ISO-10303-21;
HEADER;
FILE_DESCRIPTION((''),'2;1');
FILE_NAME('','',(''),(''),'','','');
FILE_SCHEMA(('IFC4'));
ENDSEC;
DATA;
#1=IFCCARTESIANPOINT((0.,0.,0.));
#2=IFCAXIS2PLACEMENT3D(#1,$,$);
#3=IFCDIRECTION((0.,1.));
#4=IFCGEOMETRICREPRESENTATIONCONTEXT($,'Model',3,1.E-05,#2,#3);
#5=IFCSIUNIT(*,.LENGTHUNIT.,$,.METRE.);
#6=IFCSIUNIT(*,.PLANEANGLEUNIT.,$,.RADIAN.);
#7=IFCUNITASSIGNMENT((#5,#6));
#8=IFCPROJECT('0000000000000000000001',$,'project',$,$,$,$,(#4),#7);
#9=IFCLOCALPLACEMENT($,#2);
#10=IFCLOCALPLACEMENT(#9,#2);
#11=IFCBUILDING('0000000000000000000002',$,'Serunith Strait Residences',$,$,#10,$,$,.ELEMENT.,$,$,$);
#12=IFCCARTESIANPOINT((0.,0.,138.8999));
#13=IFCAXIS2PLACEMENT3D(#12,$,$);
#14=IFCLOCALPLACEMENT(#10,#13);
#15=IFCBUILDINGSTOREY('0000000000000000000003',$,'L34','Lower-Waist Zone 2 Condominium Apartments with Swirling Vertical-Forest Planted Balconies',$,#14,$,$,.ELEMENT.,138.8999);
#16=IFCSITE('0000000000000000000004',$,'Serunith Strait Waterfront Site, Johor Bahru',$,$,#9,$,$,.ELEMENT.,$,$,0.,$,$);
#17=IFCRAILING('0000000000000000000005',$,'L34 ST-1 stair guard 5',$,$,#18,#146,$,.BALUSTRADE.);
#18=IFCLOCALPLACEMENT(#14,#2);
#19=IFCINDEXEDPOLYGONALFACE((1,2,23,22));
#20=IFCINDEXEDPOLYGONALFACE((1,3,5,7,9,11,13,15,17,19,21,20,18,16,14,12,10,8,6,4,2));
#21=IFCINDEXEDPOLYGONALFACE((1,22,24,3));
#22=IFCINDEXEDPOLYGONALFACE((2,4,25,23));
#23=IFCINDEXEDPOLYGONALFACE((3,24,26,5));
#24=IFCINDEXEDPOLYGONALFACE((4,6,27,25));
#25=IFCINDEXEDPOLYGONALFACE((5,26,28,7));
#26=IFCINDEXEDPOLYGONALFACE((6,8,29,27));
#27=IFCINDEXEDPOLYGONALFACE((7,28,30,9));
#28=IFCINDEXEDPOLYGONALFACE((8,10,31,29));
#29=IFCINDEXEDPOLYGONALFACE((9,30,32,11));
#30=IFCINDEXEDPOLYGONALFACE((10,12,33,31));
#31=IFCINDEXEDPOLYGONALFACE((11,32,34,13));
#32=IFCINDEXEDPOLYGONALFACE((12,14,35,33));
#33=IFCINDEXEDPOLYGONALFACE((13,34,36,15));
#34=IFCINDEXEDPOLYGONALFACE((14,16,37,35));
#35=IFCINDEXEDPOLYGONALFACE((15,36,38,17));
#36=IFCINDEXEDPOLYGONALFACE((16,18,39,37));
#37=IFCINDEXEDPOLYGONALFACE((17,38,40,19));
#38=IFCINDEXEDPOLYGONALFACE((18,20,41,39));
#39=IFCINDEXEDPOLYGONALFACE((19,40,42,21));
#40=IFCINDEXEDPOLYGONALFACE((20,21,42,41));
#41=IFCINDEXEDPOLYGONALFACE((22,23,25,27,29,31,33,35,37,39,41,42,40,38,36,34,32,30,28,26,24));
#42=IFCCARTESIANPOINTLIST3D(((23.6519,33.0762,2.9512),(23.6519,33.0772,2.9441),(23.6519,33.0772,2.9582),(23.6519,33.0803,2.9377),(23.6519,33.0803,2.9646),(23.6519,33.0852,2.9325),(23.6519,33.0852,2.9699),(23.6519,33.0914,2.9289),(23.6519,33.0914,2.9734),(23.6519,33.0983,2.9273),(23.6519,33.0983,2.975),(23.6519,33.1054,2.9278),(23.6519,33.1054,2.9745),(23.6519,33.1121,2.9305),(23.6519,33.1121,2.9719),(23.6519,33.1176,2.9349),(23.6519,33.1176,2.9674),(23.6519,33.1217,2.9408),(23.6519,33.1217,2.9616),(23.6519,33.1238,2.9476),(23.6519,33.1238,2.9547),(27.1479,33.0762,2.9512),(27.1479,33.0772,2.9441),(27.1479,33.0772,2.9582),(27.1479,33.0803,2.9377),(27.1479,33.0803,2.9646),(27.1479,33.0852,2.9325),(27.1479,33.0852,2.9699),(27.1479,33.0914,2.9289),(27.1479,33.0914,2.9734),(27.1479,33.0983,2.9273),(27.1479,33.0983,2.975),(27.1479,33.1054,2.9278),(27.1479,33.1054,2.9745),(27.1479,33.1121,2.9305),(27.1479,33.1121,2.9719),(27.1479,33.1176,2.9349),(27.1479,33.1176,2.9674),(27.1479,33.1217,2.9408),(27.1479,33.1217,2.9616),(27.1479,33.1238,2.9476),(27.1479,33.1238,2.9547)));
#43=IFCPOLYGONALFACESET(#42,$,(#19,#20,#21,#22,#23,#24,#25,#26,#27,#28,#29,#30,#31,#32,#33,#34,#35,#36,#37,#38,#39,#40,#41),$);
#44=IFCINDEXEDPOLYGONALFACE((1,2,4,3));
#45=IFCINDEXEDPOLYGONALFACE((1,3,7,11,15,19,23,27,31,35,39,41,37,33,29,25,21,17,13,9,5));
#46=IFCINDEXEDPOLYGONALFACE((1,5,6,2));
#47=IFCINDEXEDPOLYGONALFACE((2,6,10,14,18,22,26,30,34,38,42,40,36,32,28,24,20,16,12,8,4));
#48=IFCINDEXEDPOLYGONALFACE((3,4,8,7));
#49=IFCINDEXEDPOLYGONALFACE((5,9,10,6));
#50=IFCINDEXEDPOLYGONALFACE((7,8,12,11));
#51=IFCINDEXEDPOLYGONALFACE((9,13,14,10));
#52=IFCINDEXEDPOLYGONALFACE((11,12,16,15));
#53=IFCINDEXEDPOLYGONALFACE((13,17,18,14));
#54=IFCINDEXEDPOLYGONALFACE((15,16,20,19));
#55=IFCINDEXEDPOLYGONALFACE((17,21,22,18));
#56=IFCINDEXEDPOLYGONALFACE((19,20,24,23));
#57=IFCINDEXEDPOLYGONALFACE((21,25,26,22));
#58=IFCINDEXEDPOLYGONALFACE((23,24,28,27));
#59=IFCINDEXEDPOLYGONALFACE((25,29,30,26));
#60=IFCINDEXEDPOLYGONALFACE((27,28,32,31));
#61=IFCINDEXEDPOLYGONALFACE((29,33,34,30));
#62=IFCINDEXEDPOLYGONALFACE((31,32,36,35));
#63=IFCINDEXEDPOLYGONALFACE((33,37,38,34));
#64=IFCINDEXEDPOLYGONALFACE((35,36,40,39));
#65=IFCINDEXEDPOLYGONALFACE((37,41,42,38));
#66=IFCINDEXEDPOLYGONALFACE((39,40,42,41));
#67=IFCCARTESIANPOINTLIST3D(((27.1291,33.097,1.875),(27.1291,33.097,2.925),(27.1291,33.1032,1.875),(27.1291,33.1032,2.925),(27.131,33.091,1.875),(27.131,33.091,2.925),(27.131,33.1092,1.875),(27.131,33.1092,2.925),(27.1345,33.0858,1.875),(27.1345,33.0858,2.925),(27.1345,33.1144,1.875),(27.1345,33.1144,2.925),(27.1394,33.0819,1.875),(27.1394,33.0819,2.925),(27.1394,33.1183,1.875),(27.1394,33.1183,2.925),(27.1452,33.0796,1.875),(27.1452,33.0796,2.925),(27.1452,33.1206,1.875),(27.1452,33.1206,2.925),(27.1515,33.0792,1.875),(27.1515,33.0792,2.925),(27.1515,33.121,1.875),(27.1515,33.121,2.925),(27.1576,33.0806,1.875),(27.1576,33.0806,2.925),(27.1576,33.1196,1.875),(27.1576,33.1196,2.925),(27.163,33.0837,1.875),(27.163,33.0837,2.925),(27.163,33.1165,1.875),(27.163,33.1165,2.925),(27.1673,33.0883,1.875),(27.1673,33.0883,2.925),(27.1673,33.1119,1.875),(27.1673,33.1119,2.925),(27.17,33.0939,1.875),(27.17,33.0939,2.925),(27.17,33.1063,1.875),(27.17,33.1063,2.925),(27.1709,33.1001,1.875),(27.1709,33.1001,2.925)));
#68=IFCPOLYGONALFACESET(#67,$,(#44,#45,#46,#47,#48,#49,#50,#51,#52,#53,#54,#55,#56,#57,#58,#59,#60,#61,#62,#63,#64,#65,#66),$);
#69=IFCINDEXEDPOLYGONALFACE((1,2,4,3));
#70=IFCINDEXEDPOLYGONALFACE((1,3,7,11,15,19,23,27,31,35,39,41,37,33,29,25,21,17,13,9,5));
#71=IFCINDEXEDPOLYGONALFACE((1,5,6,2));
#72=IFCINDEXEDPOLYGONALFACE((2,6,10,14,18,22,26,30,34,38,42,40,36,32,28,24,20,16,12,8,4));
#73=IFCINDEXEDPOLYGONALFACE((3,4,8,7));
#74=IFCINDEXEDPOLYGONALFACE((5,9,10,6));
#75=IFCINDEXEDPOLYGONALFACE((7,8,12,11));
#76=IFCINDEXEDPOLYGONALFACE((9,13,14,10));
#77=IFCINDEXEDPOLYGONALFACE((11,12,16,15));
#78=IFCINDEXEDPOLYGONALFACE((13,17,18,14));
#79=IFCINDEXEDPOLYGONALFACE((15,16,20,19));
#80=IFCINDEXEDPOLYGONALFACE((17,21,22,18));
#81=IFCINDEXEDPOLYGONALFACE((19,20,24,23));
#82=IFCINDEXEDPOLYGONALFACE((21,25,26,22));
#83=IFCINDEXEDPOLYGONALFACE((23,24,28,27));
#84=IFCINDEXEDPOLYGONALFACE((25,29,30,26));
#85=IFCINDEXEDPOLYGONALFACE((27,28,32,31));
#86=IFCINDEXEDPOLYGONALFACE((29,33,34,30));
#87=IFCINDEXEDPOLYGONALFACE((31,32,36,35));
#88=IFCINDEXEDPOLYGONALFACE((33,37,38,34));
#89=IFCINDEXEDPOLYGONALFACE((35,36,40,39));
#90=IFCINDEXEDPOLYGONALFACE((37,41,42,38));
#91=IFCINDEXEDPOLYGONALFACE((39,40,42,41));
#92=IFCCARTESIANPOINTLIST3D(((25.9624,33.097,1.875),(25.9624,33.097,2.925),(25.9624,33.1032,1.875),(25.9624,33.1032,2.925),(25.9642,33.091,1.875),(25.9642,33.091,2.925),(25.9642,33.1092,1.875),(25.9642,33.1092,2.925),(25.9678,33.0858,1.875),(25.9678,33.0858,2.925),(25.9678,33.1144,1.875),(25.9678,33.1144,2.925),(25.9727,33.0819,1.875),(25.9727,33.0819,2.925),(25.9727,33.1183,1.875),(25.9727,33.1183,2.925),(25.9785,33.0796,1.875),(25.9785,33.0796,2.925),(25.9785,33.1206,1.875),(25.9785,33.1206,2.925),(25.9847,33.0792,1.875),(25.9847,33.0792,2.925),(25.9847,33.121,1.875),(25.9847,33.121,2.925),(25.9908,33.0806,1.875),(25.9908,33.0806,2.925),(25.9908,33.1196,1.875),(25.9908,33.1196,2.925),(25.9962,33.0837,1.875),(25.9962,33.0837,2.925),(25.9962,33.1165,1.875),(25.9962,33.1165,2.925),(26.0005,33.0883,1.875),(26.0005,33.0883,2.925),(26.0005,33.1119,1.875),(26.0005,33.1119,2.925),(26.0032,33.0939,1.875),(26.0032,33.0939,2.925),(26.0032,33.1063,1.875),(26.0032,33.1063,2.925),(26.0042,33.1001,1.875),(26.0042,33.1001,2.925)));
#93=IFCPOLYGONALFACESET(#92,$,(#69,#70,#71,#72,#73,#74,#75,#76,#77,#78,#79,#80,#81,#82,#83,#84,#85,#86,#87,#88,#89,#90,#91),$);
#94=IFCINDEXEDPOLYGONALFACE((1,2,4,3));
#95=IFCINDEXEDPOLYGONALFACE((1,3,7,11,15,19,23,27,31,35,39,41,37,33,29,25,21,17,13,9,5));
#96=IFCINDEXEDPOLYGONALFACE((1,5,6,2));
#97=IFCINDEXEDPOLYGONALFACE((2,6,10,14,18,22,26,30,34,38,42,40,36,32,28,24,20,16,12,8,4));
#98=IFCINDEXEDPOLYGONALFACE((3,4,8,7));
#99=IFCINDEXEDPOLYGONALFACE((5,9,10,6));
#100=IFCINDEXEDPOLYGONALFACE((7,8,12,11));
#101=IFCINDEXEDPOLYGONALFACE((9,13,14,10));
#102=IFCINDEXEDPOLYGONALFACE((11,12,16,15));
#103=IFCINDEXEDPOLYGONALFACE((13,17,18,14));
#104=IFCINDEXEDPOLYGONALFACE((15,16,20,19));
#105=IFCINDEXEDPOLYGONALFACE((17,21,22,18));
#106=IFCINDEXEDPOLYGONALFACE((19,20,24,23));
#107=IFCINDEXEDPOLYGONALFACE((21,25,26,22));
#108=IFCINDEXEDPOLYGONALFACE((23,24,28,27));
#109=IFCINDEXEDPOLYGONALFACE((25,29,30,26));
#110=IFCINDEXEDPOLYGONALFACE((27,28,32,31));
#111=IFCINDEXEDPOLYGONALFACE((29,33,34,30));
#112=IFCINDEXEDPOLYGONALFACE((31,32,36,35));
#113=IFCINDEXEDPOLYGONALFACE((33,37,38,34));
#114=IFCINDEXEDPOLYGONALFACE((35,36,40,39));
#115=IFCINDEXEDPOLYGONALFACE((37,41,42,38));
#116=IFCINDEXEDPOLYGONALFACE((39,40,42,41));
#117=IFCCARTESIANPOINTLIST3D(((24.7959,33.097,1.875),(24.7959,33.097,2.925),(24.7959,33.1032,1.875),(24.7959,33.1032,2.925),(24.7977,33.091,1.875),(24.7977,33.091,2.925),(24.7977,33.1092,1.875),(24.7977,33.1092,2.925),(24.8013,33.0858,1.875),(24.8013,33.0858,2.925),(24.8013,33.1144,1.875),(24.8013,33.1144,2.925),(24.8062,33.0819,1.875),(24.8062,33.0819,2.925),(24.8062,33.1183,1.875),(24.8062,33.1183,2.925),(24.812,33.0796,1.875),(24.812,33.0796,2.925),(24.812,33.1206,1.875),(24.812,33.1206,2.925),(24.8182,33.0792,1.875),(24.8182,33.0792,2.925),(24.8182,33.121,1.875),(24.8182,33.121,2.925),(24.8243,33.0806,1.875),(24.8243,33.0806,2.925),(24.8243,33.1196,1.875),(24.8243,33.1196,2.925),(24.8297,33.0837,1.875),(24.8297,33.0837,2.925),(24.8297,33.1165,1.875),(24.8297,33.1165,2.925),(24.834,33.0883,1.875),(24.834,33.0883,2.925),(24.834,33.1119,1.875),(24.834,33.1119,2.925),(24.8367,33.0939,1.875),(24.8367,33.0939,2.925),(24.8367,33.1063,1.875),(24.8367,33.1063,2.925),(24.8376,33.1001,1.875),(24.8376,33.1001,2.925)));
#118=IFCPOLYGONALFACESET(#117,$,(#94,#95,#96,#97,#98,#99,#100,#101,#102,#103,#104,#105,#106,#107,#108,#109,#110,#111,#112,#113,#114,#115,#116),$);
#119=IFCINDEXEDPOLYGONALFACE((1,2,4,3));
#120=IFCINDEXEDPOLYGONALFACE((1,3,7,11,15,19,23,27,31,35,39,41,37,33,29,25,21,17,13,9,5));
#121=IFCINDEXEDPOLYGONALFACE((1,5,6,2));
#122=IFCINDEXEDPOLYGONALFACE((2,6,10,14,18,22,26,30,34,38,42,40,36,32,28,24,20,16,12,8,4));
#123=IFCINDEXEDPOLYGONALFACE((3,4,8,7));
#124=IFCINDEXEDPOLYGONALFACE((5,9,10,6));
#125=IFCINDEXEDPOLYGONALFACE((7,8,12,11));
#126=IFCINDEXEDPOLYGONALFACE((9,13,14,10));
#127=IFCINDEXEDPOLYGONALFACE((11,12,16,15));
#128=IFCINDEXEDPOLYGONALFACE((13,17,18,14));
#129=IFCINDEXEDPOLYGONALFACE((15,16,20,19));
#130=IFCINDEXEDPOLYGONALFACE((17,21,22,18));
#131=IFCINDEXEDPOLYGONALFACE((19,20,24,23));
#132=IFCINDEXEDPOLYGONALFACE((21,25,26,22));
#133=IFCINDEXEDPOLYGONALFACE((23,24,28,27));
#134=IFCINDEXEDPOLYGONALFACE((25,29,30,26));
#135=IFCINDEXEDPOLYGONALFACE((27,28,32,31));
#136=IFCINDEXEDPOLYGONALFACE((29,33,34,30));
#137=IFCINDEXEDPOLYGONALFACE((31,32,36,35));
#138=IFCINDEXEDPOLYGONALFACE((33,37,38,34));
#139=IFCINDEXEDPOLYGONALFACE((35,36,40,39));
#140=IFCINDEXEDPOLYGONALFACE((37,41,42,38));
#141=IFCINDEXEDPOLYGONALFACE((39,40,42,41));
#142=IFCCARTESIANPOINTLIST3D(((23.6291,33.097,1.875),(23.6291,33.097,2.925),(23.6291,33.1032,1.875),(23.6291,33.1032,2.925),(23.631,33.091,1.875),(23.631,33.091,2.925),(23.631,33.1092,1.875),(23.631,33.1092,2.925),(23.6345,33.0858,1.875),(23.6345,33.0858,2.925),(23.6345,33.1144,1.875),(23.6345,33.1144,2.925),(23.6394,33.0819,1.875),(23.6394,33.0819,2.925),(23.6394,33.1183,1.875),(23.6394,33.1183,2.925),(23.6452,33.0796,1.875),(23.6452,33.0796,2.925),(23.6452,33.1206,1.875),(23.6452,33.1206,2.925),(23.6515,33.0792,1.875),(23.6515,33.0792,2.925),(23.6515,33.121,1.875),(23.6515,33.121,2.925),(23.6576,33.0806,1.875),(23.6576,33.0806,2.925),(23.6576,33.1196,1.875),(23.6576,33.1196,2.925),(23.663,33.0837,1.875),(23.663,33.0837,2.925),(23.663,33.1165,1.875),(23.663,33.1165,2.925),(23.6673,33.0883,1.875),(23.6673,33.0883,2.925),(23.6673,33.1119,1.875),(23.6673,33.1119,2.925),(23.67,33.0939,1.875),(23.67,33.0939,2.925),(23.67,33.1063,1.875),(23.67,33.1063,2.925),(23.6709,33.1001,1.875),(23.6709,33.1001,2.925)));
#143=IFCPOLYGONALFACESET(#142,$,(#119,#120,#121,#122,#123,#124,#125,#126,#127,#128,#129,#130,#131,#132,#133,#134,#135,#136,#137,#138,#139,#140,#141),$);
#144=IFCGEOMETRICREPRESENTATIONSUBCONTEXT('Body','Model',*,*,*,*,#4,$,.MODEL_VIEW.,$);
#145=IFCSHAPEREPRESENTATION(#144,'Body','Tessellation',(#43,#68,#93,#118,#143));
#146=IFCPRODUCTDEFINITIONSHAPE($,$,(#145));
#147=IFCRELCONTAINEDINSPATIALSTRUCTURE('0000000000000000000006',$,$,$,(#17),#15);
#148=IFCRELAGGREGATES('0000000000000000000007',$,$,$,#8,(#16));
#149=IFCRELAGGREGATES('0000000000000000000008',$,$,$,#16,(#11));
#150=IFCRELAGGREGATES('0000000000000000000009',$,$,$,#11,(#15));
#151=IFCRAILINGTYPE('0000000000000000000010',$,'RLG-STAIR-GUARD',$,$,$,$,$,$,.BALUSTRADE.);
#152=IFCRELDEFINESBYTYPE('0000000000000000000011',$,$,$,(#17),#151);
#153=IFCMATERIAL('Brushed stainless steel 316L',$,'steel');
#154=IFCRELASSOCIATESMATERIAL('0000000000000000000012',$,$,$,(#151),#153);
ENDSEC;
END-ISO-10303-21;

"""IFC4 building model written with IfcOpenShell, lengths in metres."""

from ifc_helpers import new_model, si_unit, direction, frame, origin, origin_2d, place, context, subcontext, project, spatial, circle, extrude, material, type_object, element, save


model = new_model("IFC4")

# Units and contexts
model_context = context("Model", 3, precision=1e-05, world=origin(), true_north=direction((0.0, 1.0)))
body_context = subcontext(model_context, "Body", "Model", "MODEL_VIEW")
ifc_project = project(units=[si_unit("LENGTHUNIT", "METRE"), si_unit("PLANEANGLEUNIT", "RADIAN")], contexts=[model_context])

# Site, building, storey
site_placement = place(None, origin())
site = spatial("IfcSite", under=ifc_project, at=site_placement, Name="Serunith Strait Waterfront Site, Johor Bahru", CompositionType="ELEMENT", RefElevation=0.0)
building_placement = place(site_placement, origin())
building = spatial("IfcBuilding", under=site, at=building_placement, Name="Serunith Strait Residences", CompositionType="ELEMENT")
storey_placement = place(building_placement, frame((0.0, 0.0, 138.8999)))
storey = spatial("IfcBuildingStorey", under=building, at=storey_placement, Name="L34", Description="Lower-Waist Zone 2 Condominium Apartments with Swirling Vertical-Forest Planted Balconies", CompositionType="ELEMENT", Elevation=138.8999)

# Railing
ifc_material_1 = material(Name="Brushed stainless steel 316L", Category="steel")
railing_type_1 = type_object("IfcRailingType", Name="RLG-STAIR-GUARD", PredefinedType="BALUSTRADE", material=ifc_material_1)
railing_1_placement = place(storey_placement, frame((27.1499, 33.1001, 1.875)))
element("IfcRailing", 1, at=railing_1_placement, inside=storey, type_object=railing_type_1, Name="L34 ST-1 stair guard 5", PredefinedType="BALUSTRADE", context=body_context, shape_type="SweptSolid", body=[
    extrude(circle(Radius=0.0239, at=origin_2d()), frame((-0.002, 0.0, 1.0762), z_axis=(-1.0, 0.0, 0.0), x_axis=(0.0, -1.0, 0.0)), (0.0, 0.0, 1.0), 3.4961),
    extrude(circle(Radius=0.021, at=origin_2d()), origin(), (0.0, 0.0, 1.0), 1.05),
    extrude(circle(Radius=0.021, at=origin_2d()), frame((-1.1667, 0.0, 0.0)), (0.0, 0.0, 1.0), 1.05),
    extrude(circle(Radius=0.021, at=origin_2d()), frame((-2.3333, 0.0, 0.0)), (0.0, 0.0, 1.0), 1.05),
    extrude(circle(Radius=0.021, at=origin_2d()), frame((-3.5, 0.0, 0.0)), (0.0, 0.0, 1.0), 1.05),
])

save(model, "model.ifc")
